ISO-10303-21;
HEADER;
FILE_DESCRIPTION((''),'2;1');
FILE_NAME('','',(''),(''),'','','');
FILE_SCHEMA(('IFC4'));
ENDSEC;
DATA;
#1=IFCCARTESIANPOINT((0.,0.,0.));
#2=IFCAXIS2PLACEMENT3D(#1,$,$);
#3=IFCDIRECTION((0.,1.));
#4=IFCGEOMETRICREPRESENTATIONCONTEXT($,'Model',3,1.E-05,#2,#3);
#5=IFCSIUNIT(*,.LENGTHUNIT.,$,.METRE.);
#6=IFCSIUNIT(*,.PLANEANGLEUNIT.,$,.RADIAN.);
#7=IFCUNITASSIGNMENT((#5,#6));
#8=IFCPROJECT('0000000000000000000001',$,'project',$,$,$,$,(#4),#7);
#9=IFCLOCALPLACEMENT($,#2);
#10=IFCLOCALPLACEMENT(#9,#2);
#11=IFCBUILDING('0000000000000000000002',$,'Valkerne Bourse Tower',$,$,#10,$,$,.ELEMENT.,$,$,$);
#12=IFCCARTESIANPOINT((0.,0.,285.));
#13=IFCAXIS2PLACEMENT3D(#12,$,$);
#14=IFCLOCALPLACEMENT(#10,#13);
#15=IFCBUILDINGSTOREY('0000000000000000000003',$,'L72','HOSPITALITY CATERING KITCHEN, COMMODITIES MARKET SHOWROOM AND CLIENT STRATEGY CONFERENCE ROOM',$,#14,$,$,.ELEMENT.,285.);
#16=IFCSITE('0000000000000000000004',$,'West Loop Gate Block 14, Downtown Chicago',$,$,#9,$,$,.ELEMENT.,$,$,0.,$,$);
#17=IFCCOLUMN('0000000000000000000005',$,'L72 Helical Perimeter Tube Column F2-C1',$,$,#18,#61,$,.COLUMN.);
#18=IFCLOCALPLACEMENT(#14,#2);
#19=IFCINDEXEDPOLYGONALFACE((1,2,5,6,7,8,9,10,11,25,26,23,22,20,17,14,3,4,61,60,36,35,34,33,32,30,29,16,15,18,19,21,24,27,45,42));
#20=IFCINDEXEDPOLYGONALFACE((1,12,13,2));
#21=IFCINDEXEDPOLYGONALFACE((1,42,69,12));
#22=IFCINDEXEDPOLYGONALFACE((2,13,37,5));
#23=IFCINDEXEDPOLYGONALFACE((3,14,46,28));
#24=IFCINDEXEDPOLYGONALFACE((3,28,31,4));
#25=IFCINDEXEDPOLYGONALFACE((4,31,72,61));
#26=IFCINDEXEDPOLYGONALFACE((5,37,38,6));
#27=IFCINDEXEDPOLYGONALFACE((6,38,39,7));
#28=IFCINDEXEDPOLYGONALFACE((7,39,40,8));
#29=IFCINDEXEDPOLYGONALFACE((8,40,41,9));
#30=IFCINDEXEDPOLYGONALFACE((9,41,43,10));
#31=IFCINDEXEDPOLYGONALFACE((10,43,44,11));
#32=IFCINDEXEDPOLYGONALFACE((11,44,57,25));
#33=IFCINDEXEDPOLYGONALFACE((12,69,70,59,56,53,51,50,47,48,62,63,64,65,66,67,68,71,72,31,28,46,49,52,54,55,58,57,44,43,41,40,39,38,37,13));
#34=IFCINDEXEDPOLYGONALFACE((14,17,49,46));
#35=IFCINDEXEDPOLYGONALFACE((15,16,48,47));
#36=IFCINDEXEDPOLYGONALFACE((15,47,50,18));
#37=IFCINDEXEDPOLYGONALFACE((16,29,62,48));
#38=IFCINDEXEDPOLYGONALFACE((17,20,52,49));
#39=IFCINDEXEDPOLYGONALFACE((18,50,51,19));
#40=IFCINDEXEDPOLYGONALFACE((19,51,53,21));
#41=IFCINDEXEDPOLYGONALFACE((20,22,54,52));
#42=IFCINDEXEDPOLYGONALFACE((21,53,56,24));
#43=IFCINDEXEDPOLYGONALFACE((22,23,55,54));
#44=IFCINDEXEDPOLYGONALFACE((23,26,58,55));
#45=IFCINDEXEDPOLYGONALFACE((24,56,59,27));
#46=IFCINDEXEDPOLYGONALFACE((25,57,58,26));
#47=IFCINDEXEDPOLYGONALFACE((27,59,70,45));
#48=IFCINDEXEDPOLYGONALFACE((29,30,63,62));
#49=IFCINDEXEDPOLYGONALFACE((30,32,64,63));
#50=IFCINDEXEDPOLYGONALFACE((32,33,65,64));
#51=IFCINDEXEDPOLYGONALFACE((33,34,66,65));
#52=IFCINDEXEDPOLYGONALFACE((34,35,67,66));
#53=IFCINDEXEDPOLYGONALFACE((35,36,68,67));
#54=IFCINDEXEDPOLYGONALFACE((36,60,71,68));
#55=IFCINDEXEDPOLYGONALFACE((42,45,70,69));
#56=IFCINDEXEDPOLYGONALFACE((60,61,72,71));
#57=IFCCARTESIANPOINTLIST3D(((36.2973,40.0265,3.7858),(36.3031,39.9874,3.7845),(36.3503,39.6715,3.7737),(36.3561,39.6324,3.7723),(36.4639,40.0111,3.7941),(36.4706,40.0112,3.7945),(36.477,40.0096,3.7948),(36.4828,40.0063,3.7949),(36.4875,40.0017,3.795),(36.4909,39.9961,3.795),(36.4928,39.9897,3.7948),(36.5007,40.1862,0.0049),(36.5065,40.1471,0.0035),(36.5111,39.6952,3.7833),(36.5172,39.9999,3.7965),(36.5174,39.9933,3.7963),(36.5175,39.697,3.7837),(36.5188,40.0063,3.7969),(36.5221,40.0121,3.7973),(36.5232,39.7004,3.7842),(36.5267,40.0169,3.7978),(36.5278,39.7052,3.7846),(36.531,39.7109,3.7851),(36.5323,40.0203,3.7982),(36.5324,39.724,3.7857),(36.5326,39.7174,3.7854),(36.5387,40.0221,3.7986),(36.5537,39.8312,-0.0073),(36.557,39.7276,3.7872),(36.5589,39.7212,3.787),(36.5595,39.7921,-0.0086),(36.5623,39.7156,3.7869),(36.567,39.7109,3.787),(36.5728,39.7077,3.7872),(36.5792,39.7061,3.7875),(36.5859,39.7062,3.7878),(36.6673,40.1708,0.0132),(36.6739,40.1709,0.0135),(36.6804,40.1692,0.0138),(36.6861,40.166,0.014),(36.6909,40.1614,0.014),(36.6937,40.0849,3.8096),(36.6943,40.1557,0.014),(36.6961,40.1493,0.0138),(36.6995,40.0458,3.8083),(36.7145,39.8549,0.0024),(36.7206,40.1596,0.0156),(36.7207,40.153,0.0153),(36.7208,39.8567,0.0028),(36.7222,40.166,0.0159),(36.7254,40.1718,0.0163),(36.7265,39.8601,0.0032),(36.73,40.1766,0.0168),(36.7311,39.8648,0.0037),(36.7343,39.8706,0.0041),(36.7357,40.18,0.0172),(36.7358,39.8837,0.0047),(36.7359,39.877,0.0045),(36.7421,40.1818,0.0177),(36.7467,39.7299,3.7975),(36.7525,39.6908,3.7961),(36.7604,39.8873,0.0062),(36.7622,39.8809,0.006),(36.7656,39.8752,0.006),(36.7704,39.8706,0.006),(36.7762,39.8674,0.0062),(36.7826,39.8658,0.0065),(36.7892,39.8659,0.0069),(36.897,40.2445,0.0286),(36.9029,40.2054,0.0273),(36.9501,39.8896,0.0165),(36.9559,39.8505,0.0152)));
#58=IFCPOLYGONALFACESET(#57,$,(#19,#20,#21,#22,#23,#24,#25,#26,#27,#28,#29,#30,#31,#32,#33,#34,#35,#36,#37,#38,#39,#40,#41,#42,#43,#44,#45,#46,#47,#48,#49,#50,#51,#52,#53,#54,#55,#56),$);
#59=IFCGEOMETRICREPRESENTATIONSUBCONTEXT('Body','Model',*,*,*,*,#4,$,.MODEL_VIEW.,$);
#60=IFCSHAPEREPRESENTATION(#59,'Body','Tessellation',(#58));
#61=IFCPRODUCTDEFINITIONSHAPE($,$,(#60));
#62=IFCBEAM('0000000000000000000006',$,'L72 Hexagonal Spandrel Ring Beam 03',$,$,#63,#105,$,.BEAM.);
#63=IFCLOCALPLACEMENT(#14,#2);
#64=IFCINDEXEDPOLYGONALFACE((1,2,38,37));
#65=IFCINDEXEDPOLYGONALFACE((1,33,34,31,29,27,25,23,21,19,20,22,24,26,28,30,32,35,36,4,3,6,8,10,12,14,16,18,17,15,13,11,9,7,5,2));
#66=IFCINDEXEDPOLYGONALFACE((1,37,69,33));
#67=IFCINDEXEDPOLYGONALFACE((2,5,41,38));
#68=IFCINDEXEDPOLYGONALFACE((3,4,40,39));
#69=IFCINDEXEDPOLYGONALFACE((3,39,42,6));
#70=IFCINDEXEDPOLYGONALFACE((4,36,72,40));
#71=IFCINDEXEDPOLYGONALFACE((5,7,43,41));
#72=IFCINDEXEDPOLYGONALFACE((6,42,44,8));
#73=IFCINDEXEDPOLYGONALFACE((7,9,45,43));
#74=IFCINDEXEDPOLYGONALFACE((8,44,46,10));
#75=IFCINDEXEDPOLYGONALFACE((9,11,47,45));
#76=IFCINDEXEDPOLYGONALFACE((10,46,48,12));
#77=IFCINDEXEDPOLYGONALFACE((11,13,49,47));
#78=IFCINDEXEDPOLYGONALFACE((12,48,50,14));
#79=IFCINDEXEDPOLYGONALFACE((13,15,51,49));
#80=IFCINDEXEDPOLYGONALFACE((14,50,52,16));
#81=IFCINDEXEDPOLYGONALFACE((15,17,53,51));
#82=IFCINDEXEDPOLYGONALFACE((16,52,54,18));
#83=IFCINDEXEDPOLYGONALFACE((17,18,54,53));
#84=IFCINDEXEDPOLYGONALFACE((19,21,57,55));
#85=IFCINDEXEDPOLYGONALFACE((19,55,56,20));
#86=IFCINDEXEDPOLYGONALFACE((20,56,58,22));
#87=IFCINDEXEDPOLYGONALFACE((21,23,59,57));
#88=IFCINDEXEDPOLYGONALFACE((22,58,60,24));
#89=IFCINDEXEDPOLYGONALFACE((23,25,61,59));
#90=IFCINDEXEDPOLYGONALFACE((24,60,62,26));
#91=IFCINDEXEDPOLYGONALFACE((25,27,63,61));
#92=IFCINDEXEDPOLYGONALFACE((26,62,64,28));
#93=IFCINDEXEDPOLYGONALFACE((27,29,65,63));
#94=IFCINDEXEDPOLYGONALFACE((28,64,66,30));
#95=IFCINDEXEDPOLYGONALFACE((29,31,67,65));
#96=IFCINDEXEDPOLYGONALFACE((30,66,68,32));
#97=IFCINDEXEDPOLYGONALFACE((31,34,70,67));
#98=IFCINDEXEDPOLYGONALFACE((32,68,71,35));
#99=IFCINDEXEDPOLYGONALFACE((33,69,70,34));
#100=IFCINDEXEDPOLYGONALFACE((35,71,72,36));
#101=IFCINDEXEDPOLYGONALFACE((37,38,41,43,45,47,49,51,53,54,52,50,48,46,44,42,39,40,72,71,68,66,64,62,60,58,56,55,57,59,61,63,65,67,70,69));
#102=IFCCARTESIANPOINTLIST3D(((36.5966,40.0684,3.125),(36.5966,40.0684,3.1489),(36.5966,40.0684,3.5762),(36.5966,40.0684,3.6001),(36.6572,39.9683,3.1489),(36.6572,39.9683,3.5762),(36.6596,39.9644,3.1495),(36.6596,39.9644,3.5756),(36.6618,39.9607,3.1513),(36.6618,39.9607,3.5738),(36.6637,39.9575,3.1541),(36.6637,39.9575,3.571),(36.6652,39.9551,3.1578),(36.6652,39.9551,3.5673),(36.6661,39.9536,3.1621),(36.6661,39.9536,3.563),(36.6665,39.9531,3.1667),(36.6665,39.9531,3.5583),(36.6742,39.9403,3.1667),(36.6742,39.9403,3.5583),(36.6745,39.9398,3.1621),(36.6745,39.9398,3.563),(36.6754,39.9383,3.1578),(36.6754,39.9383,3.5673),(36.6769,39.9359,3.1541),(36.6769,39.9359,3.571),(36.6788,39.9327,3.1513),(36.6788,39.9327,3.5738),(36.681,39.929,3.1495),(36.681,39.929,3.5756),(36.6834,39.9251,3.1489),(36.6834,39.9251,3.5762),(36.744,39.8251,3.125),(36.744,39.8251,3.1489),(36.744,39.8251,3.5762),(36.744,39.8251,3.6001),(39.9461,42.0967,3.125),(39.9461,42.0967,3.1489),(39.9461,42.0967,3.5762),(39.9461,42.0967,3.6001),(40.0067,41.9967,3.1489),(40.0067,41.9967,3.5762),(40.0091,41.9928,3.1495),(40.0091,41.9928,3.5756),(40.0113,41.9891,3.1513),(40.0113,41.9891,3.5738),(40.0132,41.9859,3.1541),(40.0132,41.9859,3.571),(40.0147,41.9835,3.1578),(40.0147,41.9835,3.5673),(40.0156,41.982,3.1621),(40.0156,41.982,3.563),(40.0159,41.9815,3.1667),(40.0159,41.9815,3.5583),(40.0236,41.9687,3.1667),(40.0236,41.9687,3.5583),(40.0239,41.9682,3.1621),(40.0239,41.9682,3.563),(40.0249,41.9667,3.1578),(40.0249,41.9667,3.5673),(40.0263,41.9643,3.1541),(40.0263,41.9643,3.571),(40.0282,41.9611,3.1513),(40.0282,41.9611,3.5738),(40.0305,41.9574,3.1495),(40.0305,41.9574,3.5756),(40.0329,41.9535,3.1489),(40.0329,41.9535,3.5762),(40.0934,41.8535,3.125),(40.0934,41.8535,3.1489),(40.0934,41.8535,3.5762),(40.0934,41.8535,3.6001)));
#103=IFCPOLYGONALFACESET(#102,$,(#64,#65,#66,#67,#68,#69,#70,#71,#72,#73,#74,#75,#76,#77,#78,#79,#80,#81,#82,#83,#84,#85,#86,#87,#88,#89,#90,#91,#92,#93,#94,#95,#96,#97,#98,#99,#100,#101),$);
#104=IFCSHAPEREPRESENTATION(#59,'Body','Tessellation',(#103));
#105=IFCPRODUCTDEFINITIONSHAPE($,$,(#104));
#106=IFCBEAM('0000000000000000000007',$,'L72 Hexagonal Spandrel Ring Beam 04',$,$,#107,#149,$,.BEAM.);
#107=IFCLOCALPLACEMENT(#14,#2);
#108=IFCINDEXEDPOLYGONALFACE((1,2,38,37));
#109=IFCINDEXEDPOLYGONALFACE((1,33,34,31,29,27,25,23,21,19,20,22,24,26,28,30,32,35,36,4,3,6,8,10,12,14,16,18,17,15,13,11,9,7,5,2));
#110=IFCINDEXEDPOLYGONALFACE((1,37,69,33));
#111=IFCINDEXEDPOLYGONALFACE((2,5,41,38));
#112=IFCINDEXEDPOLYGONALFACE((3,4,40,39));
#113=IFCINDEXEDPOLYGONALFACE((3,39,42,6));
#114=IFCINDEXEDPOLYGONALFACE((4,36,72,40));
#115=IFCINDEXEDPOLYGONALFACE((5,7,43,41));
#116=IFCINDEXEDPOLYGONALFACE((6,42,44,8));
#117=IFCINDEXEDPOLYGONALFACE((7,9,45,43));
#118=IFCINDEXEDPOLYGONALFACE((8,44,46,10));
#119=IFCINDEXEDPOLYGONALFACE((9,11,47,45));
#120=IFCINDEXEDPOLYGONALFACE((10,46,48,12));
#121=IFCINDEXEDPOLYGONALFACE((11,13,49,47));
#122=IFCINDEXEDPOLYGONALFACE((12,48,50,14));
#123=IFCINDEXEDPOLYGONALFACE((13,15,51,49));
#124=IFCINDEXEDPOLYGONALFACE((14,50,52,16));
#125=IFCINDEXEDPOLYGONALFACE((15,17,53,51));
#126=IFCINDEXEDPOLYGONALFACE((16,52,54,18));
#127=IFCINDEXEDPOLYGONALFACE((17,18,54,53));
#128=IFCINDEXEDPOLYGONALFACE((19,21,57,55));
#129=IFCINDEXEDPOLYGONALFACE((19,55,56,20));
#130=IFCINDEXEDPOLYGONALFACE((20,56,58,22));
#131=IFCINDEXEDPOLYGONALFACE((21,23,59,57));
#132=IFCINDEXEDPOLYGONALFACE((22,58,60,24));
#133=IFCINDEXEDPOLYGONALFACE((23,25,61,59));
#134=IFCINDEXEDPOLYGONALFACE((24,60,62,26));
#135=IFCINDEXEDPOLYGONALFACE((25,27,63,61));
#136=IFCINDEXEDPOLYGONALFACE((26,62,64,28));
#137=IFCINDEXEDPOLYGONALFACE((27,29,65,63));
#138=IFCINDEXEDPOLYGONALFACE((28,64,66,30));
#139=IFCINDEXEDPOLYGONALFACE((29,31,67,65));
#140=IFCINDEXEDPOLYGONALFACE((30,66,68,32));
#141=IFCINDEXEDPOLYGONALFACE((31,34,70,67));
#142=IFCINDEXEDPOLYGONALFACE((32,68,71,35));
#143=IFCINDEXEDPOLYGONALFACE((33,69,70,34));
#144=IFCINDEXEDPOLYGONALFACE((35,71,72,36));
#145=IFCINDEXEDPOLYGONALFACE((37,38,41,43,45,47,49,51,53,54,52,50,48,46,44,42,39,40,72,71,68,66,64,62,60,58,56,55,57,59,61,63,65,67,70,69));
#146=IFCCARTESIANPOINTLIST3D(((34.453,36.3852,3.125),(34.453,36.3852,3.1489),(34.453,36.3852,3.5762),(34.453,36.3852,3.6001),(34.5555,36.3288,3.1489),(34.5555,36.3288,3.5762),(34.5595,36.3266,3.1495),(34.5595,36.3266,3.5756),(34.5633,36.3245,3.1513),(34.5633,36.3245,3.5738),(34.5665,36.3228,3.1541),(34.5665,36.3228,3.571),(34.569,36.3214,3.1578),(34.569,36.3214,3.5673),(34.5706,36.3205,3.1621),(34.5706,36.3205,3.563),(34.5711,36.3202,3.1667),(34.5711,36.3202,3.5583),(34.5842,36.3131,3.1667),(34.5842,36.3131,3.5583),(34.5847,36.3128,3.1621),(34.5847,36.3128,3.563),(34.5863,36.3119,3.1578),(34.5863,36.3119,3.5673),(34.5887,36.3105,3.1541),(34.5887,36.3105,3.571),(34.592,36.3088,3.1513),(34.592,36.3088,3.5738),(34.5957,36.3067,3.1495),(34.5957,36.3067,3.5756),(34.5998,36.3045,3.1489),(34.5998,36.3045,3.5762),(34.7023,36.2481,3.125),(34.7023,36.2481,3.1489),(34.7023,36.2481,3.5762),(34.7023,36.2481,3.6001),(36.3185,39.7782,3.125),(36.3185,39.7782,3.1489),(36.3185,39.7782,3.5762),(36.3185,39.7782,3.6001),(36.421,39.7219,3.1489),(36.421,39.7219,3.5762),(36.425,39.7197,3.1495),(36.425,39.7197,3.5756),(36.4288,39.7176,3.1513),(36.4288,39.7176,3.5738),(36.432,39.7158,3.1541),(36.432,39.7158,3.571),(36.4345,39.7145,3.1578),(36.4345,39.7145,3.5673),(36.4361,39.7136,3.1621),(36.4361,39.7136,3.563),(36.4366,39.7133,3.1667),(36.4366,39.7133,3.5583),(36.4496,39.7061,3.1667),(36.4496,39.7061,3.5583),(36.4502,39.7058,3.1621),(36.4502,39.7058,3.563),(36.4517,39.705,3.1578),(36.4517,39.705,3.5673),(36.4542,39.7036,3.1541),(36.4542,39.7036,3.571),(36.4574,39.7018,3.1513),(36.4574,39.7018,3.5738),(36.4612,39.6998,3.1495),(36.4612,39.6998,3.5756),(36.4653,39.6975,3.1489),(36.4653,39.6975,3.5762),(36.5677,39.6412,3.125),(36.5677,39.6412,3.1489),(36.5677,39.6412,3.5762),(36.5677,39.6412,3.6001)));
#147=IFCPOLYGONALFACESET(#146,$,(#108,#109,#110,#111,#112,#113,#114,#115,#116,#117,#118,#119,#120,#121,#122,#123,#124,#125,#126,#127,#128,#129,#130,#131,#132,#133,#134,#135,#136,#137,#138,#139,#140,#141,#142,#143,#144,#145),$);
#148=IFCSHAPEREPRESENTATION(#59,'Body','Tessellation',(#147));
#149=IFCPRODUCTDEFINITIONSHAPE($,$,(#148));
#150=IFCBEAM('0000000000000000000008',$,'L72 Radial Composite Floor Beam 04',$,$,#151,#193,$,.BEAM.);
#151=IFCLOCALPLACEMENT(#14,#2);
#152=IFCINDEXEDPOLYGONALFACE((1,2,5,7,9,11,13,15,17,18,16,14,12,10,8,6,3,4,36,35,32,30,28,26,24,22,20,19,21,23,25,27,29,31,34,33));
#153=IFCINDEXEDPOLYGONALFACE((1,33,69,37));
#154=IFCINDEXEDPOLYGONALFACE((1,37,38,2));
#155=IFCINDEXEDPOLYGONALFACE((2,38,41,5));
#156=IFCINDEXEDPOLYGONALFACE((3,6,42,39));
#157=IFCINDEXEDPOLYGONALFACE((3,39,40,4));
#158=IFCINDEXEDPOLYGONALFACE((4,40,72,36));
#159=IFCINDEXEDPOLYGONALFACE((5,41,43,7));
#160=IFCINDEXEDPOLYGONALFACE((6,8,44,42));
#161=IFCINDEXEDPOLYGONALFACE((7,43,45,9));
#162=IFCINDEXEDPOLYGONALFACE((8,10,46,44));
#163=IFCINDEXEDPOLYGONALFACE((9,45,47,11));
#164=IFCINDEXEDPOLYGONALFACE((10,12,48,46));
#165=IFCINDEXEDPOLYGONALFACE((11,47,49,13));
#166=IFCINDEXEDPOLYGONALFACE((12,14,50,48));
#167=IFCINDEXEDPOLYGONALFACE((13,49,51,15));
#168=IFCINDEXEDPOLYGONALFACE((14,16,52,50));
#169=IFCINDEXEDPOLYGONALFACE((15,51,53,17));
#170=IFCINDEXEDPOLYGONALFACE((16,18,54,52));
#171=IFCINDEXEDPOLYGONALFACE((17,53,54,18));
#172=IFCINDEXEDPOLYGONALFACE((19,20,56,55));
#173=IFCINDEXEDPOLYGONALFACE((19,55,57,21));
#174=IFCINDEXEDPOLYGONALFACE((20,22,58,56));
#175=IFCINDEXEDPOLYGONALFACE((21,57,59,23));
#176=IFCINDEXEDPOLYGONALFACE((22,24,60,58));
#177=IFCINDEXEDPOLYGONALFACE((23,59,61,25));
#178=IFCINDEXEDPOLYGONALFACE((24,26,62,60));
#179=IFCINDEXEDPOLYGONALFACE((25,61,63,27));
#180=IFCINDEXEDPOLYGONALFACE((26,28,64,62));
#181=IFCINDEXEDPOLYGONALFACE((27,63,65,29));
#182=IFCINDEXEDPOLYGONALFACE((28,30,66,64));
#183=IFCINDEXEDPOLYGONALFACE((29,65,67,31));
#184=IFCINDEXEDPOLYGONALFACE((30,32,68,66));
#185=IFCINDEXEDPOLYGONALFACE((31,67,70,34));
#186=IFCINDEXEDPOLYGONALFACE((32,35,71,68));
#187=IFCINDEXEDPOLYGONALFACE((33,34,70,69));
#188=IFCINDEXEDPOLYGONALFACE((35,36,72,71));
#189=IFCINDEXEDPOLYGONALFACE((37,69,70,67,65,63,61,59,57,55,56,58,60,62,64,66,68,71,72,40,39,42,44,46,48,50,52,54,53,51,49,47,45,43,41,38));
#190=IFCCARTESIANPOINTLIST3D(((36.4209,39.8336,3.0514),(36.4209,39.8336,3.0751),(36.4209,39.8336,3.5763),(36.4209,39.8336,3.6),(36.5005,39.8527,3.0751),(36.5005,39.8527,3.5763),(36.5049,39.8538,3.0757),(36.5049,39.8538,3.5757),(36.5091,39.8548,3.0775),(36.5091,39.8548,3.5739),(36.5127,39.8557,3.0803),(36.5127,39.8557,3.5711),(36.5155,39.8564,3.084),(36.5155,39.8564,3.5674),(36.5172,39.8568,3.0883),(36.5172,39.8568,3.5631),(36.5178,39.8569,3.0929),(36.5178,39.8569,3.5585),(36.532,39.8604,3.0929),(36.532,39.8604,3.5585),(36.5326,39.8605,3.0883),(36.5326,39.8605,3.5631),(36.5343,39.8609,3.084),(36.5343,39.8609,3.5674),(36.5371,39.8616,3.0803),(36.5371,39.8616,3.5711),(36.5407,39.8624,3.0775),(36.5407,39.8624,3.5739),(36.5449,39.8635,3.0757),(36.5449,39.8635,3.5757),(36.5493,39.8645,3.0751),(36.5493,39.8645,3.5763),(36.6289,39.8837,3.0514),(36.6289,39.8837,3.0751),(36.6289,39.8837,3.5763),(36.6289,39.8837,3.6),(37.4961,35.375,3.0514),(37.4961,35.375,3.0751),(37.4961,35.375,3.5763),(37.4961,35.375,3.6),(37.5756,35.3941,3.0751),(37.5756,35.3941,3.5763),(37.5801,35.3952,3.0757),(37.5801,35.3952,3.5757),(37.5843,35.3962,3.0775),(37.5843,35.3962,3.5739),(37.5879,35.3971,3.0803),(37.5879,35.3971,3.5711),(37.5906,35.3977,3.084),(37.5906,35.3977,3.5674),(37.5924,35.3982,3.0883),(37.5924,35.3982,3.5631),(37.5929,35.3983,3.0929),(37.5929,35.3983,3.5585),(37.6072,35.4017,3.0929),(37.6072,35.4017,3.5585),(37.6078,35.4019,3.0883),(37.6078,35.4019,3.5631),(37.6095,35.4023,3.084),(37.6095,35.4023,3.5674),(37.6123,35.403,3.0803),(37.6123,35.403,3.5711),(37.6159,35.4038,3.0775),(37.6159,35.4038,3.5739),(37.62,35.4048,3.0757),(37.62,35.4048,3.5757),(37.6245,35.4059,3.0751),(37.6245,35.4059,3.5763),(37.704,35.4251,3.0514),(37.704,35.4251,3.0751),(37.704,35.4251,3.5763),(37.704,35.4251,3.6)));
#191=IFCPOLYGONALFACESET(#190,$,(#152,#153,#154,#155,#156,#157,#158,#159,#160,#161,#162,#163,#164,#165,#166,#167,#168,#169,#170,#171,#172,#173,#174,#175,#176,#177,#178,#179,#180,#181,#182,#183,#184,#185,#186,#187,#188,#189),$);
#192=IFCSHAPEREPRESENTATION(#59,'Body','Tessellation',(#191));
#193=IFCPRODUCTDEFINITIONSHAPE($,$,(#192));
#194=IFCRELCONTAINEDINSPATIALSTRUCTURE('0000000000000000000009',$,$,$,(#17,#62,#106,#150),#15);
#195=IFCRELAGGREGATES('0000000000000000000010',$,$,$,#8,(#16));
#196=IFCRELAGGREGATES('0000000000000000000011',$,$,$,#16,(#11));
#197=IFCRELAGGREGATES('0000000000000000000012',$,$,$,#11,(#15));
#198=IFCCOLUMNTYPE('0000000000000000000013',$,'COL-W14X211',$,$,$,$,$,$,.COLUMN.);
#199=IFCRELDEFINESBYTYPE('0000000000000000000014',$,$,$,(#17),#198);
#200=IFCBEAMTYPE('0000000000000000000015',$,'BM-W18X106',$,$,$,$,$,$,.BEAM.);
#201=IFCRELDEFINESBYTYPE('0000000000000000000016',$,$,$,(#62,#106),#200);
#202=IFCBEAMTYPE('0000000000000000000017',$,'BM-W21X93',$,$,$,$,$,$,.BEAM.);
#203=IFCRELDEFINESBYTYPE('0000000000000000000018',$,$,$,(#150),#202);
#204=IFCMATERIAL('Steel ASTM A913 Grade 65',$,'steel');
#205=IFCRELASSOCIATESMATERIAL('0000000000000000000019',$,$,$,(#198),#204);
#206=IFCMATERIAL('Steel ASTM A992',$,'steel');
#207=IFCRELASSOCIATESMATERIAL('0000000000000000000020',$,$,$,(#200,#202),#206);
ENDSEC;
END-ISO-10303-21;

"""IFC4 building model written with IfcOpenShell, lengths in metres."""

from ifc_helpers import new_model, si_unit, direction, frame, origin, origin_2d, place, context, subcontext, project, spatial, i_section, extrude, material, material_profile, profile_set, type_object, element, save


model = new_model("IFC4")

# Units and contexts
model_context = context("Model", 3, precision=1e-05, world=origin(), true_north=direction((0.0, 1.0)))
body_context = subcontext(model_context, "Body", "Model", "MODEL_VIEW")
ifc_project = project(units=[si_unit("LENGTHUNIT", "METRE"), si_unit("PLANEANGLEUNIT", "RADIAN")], contexts=[model_context])

# Site, building, storey
site_placement = place(None, origin())
site = spatial("IfcSite", under=ifc_project, at=site_placement, Name="West Loop Gate Block 14, Downtown Chicago", CompositionType="ELEMENT", RefElevation=0.0)
building_placement = place(site_placement, origin())
building = spatial("IfcBuilding", under=site, at=building_placement, Name="Valkerne Bourse Tower", CompositionType="ELEMENT")
storey_placement = place(building_placement, frame((0.0, 0.0, 285.0)))
storey = spatial("IfcBuildingStorey", under=building, at=storey_placement, Name="L72", Description="HOSPITALITY CATERING KITCHEN, COMMODITIES MARKET SHOWROOM AND CLIENT STRATEGY CONFERENCE ROOM", CompositionType="ELEMENT", Elevation=285.0)

# Column
ifc_material_1 = material(Name="Steel ASTM A913 Grade 65", Category="steel")
ifc_material_profile_1 = material_profile(ifc_material_1, i_section(OverallWidth=0.4014, OverallDepth=0.3987, WebThickness=0.0249, FlangeThickness=0.0396, FilletRadius=0.0254, at=origin_2d()), Name="W14X211")
ifc_profile_set_1 = profile_set([ifc_material_profile_1], Name="Steel ASTM A913 Grade 65")
column_type = type_object("IfcColumnType", Name="COL-W14X211", PredefinedType="COLUMN", material=ifc_profile_set_1)
column_placement = place(storey_placement, frame((36.7283, 40.0183, 0.01), z_axis=(-0.053662, -0.042131, 0.99767), x_axis=(-0.987589, -0.145454, -0.059262)))
element("IfcColumn", 1, at=column_placement, inside=storey, type_object=column_type, Name="L72 Helical Perimeter Tube Column F2-C1", PredefinedType="COLUMN", context=body_context, shape_type="SweptSolid", body=[
    extrude(i_section(OverallWidth=0.4014, OverallDepth=0.3987, WebThickness=0.0249, FlangeThickness=0.0396, FilletRadius=0.0254, at=origin_2d()), origin(), (0.0, 0.0, 1.0), 3.7898),
])

# Beams
ifc_material_2 = material(Name="Steel ASTM A992", Category="steel")
ifc_material_profile_2 = material_profile(ifc_material_2, i_section(OverallWidth=0.2844, OverallDepth=0.4751, WebThickness=0.0149, FlangeThickness=0.0239, FilletRadius=0.0178, at=origin_2d()), Name="W18X106")
ifc_profile_set_2 = profile_set([ifc_material_profile_2], Name="Steel ASTM A992")
beam_type_1 = type_object("IfcBeamType", Name="BM-W18X106", PredefinedType="BEAM", material=ifc_profile_set_2)
beam_1_placement = place(storey_placement, frame((40.0198, 41.9751, 3.3625), z_axis=(-0.855379, -0.518003, 0.0), x_axis=(0.518003, -0.855379, 0.0)))
element("IfcBeam", 2, at=beam_1_placement, inside=storey, type_object=beam_type_1, Name="L72 Hexagonal Spandrel Ring Beam 03", PredefinedType="BEAM", context=body_context, shape_type="SweptSolid", body=[
    extrude(i_section(OverallWidth=0.2844, OverallDepth=0.4751, WebThickness=0.0149, FlangeThickness=0.0239, FilletRadius=0.0178, at=origin_2d()), origin(), (0.0, 0.0, 1.0), 3.9158),
])
beam_2_placement = place(storey_placement, frame((36.4431, 39.7097, 3.3625), z_axis=(-0.481778, -0.876293, 0.0), x_axis=(0.876293, -0.481778, 0.0)))
element("IfcBeam", 3, at=beam_2_placement, inside=storey, type_object=beam_type_1, Name="L72 Hexagonal Spandrel Ring Beam 04", PredefinedType="BEAM", context=body_context, shape_type="SweptSolid", body=[
    extrude(i_section(OverallWidth=0.2844, OverallDepth=0.4751, WebThickness=0.0149, FlangeThickness=0.0239, FilletRadius=0.0178, at=origin_2d()), origin(), (0.0, 0.0, 1.0), 3.8721),
])
ifc_material_profile_3 = material_profile(ifc_material_2, i_section(OverallWidth=0.2139, OverallDepth=0.5486, WebThickness=0.0146, FlangeThickness=0.0237, FilletRadius=0.0178, at=origin_2d()), Name="W21X93")
ifc_profile_set_3 = profile_set([ifc_material_profile_3], Name="Steel ASTM A992")
beam_type_2 = type_object("IfcBeamType", Name="BM-W21X93", PredefinedType="BEAM", material=ifc_profile_set_3)
beam_3_placement = place(storey_placement, frame((36.5249, 39.8586, 3.3257), z_axis=(0.234424, -0.972135, 0.0), x_axis=(0.972135, 0.234424, 0.0)))
element("IfcBeam", 4, at=beam_3_placement, inside=storey, type_object=beam_type_2, Name="L72 Radial Composite Floor Beam 04", PredefinedType="BEAM", context=body_context, shape_type="SweptSolid", body=[
    extrude(i_section(OverallWidth=0.2139, OverallDepth=0.5486, WebThickness=0.0146, FlangeThickness=0.0237, FilletRadius=0.0178, at=origin_2d()), origin(), (0.0, 0.0, 1.0), 4.5864),
])

save(model, "model.ifc")
